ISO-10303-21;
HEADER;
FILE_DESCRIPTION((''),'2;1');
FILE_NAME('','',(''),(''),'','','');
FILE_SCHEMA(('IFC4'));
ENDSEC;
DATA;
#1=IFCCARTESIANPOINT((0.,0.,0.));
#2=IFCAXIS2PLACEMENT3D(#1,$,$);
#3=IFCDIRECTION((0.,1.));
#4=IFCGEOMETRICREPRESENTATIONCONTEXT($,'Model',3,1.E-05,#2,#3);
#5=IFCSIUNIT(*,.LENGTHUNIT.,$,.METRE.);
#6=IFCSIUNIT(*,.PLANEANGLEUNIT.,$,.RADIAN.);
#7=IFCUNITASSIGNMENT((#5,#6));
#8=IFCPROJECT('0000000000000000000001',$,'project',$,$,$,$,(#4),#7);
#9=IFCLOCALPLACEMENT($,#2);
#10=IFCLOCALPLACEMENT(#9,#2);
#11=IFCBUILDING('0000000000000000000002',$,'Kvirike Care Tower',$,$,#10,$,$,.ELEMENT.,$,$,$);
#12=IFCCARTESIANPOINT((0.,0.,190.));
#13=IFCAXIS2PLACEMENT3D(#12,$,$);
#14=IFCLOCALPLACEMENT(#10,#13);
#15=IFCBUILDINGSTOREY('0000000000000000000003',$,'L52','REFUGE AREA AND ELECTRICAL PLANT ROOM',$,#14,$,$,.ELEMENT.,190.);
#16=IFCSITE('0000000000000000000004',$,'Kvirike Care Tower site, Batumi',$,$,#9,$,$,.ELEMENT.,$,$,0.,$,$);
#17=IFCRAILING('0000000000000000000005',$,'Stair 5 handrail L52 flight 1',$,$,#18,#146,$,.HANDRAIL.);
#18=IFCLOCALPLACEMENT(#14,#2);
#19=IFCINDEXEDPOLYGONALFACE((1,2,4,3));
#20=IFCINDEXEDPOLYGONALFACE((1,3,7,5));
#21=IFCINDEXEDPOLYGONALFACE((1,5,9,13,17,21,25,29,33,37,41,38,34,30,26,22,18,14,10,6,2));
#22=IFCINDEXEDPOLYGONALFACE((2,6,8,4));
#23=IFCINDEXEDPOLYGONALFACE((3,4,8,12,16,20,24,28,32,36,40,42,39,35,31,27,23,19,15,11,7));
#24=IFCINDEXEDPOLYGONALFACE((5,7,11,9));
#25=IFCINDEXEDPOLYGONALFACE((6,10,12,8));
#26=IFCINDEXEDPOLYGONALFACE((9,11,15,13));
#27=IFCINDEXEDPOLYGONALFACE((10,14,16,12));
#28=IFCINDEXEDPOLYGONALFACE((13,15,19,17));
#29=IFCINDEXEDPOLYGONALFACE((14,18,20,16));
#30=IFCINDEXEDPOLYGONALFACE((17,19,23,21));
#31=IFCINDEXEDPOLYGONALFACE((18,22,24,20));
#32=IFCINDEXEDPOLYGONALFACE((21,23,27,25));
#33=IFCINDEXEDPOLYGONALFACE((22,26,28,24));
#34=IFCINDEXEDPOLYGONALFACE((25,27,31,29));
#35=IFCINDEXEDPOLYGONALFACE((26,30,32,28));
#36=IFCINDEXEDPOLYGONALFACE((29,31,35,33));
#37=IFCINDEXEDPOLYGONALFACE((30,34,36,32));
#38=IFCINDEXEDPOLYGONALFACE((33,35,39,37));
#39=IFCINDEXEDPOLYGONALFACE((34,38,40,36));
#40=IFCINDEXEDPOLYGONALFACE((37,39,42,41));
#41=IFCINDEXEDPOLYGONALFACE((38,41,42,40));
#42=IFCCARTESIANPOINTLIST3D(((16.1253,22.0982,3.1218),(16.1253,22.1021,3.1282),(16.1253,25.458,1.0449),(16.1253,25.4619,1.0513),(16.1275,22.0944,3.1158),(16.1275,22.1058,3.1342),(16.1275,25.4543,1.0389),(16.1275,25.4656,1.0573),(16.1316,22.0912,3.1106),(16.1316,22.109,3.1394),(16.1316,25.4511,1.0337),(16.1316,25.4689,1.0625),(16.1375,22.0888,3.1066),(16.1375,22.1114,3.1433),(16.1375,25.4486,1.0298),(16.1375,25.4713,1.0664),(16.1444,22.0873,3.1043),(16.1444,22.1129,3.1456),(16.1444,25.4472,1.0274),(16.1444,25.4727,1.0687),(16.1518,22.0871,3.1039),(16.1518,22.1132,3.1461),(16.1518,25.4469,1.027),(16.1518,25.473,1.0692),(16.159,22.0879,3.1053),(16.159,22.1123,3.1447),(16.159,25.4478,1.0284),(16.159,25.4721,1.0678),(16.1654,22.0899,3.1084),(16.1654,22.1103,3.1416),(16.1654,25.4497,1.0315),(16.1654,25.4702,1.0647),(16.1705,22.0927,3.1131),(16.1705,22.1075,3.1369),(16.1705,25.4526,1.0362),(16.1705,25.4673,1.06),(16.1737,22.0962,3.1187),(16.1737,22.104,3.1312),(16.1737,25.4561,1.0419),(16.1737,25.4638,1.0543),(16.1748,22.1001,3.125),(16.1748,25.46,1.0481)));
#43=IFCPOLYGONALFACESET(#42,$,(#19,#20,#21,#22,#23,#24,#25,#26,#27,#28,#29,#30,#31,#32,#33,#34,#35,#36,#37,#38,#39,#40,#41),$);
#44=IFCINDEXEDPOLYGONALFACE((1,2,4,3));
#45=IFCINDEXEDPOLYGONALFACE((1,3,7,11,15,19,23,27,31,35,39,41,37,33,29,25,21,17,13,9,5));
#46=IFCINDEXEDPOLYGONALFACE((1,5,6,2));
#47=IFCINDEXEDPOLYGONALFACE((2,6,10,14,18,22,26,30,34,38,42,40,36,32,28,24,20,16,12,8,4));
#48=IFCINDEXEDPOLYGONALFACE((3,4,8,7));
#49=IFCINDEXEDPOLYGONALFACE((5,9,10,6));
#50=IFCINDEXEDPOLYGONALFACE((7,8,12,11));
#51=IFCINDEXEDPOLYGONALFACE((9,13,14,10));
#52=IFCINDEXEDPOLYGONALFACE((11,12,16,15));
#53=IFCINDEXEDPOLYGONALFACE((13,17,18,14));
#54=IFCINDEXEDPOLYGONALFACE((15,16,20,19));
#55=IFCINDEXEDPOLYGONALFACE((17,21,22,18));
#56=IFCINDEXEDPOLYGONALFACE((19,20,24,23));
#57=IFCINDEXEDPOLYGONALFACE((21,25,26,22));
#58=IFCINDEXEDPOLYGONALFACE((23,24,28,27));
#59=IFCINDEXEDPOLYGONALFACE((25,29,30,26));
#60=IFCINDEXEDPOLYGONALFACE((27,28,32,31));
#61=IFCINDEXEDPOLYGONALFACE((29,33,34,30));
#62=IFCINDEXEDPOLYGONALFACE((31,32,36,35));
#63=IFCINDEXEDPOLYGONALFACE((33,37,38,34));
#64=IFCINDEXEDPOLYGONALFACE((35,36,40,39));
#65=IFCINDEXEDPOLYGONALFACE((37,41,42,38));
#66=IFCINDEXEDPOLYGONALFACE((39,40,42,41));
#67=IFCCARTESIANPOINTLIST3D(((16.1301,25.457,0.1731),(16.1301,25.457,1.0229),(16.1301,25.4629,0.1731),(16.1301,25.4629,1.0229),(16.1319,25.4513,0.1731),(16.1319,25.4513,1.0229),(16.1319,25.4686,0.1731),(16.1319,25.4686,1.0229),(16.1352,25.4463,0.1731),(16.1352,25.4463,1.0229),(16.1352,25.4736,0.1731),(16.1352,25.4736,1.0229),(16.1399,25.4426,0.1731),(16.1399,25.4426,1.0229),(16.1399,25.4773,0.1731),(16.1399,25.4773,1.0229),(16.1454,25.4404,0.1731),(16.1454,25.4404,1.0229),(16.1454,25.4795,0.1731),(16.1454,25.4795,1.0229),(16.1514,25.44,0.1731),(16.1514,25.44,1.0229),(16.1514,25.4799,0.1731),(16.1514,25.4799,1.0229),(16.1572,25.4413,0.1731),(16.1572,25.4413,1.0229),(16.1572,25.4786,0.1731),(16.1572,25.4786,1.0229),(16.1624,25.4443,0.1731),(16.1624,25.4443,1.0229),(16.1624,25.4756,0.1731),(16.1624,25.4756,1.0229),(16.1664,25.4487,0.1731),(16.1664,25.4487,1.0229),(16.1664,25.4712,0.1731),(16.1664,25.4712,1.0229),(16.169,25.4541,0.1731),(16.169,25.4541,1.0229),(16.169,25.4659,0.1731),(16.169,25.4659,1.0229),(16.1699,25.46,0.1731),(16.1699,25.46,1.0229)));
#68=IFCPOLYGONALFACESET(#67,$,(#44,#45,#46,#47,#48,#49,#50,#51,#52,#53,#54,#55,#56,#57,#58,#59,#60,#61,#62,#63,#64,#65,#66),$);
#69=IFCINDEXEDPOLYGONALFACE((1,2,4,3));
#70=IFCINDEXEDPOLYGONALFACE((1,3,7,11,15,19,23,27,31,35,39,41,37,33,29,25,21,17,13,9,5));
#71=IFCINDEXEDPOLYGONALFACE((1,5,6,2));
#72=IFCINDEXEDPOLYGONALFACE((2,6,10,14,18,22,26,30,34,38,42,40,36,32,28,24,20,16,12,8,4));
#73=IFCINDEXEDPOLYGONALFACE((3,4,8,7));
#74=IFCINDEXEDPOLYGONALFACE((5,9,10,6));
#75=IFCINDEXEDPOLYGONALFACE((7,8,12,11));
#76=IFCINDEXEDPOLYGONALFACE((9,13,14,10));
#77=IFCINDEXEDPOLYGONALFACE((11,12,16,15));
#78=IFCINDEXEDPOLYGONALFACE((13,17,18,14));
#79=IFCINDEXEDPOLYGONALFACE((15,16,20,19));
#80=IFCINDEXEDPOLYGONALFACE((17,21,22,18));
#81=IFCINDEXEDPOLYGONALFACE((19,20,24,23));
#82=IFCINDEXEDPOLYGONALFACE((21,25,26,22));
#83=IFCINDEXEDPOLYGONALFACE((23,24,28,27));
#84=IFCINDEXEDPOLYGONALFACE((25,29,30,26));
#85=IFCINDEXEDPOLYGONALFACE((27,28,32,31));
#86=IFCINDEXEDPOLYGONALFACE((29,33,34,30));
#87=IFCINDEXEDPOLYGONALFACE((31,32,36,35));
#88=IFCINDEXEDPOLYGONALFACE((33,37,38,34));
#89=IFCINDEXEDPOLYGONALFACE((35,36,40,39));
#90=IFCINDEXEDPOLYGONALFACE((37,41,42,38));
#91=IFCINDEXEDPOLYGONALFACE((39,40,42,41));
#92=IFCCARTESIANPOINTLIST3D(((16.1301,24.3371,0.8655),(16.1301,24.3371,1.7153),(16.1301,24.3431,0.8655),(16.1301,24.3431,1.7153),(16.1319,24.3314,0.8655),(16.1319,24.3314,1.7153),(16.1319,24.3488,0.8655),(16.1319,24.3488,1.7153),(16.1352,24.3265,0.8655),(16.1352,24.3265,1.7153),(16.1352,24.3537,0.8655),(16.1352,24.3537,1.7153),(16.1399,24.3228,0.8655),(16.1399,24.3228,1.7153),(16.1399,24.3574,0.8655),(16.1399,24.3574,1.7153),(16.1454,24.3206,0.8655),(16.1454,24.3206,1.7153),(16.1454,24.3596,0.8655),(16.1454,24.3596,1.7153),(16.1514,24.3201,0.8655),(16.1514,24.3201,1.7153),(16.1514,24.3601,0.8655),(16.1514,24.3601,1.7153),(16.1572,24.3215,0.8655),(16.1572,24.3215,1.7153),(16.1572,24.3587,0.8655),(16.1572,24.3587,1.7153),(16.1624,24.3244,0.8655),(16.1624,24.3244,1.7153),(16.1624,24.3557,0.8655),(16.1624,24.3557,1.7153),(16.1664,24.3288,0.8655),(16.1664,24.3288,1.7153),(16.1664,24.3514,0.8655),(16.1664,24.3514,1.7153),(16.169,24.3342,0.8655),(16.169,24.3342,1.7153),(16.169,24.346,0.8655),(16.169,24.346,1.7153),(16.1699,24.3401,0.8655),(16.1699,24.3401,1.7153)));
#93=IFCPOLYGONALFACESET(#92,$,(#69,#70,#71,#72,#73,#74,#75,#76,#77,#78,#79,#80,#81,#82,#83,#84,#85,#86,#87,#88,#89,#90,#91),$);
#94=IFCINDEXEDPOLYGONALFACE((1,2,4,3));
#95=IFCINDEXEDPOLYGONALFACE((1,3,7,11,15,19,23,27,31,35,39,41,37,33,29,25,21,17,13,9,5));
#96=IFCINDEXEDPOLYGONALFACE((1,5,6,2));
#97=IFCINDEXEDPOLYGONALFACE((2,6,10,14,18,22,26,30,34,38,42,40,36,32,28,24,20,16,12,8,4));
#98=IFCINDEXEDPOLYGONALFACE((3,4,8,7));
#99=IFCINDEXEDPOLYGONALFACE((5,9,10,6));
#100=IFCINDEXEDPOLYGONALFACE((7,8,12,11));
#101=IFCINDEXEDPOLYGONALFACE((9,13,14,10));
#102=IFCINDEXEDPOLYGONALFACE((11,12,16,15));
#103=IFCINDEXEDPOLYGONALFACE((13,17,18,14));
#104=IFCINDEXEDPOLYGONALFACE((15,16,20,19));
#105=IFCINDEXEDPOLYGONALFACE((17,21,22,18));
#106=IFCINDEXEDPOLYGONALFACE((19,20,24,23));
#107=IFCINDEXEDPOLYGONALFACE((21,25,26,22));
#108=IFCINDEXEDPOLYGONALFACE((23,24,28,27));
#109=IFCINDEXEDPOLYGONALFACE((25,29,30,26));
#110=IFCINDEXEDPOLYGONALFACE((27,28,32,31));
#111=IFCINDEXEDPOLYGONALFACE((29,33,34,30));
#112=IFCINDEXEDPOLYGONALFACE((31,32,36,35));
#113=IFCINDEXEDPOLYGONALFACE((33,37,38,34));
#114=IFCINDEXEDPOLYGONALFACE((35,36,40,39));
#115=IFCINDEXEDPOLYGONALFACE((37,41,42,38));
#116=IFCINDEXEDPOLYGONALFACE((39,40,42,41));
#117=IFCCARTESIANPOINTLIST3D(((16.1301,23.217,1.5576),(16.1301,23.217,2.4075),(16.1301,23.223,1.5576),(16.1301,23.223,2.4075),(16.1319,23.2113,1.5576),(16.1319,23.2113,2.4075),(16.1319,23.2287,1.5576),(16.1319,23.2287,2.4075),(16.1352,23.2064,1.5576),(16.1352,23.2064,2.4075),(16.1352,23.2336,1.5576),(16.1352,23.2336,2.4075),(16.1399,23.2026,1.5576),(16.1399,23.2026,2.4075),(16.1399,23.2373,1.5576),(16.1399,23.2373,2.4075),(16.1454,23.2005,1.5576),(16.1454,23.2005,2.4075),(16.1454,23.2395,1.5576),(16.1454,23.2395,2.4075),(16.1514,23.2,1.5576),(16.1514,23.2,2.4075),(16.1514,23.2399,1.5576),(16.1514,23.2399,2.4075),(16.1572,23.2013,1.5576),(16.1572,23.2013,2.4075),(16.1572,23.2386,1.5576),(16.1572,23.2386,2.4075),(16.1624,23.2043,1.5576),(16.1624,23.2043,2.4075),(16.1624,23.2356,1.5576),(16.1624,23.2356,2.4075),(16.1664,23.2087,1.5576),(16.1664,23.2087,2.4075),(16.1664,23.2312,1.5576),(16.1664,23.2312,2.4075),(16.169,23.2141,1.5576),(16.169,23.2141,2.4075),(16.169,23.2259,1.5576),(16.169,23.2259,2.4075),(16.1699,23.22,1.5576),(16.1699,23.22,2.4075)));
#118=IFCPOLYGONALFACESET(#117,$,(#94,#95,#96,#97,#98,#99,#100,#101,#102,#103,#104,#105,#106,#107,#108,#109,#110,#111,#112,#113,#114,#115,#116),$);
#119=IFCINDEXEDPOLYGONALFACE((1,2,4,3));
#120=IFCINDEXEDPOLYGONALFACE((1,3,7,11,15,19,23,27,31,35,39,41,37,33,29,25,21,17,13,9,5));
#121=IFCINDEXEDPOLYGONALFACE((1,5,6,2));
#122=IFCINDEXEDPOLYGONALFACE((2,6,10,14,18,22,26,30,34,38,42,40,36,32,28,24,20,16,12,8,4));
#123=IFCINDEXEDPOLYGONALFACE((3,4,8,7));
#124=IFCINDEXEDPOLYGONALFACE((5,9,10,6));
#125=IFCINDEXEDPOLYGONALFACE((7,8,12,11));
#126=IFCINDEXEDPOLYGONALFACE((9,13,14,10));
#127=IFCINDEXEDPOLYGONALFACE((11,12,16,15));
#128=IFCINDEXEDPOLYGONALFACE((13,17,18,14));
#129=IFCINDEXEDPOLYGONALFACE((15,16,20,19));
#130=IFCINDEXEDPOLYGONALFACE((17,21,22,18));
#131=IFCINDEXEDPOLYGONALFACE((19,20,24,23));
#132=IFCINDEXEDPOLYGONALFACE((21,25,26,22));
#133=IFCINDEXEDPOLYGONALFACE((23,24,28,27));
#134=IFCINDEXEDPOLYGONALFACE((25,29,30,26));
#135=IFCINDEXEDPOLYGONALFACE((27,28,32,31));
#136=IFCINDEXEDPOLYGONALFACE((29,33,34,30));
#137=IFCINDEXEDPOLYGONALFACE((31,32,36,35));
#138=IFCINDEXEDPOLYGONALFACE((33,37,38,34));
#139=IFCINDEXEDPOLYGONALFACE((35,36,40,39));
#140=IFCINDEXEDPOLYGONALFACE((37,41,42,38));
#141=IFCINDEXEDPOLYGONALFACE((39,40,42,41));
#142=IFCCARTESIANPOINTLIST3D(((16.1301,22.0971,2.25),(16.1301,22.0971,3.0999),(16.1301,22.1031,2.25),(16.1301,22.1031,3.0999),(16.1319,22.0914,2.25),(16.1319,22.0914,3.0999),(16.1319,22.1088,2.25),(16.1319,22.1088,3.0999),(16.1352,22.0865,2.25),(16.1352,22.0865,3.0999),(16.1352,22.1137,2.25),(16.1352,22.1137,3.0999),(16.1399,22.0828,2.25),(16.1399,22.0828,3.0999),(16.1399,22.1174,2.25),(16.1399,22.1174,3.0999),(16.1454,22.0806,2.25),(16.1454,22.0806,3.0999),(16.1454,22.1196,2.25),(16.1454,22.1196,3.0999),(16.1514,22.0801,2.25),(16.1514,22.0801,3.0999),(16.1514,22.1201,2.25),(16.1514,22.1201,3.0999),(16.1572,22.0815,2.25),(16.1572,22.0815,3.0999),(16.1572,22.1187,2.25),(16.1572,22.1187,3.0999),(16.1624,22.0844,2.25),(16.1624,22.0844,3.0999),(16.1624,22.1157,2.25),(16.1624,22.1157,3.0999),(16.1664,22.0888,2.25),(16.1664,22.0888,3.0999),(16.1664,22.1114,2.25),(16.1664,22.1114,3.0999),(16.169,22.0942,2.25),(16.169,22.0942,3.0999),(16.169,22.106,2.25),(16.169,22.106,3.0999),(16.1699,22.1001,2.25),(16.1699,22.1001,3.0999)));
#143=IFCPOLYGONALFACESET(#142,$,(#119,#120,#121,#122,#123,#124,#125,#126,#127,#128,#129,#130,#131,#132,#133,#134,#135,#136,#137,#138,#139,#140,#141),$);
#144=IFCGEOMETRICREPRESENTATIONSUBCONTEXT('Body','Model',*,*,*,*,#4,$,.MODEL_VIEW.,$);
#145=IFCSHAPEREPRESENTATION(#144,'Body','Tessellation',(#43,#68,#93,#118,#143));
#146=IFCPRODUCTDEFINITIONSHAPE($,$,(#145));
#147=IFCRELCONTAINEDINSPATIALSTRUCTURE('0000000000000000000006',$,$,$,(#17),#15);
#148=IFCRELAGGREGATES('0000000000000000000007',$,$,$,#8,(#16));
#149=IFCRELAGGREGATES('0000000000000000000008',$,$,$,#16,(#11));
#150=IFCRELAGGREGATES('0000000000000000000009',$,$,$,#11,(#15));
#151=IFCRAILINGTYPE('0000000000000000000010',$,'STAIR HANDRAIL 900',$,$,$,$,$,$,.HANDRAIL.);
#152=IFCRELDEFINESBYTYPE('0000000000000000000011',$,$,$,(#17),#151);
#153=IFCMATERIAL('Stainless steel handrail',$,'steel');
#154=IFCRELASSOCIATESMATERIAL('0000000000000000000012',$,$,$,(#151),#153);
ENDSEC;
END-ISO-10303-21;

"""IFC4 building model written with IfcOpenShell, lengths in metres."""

from ifc_helpers import new_model, si_unit, direction, frame, origin, origin_2d, place, context, subcontext, project, spatial, circle, extrude, material, type_object, element, save


model = new_model("IFC4")

# Units and contexts
model_context = context("Model", 3, precision=1e-05, world=origin(), true_north=direction((0.0, 1.0)))
body_context = subcontext(model_context, "Body", "Model", "MODEL_VIEW")
ifc_project = project(units=[si_unit("LENGTHUNIT", "METRE"), si_unit("PLANEANGLEUNIT", "RADIAN")], contexts=[model_context])

# Site, building, storey
site_placement = place(None, origin())
site = spatial("IfcSite", under=ifc_project, at=site_placement, Name="Kvirike Care Tower site, Batumi", CompositionType="ELEMENT", RefElevation=0.0)
building_placement = place(site_placement, origin())
building = spatial("IfcBuilding", under=site, at=building_placement, Name="Kvirike Care Tower", CompositionType="ELEMENT")
storey_placement = place(building_placement, frame((0.0, 0.0, 190.0)))
storey = spatial("IfcBuildingStorey", under=building, at=storey_placement, Name="L52", Description="REFUGE AREA AND ELECTRICAL PLANT ROOM", CompositionType="ELEMENT", Elevation=190.0)

# Railing
ifc_material_1 = material(Name="Stainless steel handrail", Category="steel")
railing_type = type_object("IfcRailingType", Name="STAIR HANDRAIL 900", PredefinedType="HANDRAIL", material=ifc_material_1)
railing_1_placement = place(storey_placement, frame((16.1499, 25.46, 0.1731)))
element("IfcRailing", 1, at=railing_1_placement, inside=storey, type_object=railing_type, Name="Stair 5 handrail L52 flight 1", PredefinedType="HANDRAIL", context=body_context, shape_type="SweptSolid", body=[
    extrude(circle(Radius=0.0249, at=origin_2d()), frame((0.0, 0.0, 0.875), z_axis=(0.0, -0.850606, 0.525803), x_axis=(1.0, 0.0, 0.0)), (0.0, 0.0, 1.0), 3.95),
    extrude(circle(Radius=0.02, at=origin_2d()), origin(), (0.0, 0.0, 1.0), 0.8499),
    extrude(circle(Radius=0.02, at=origin_2d()), frame((0.0, -1.1199, 0.6924)), (0.0, 0.0, 1.0), 0.8499),
    extrude(circle(Radius=0.02, at=origin_2d()), frame((0.0, -2.24, 1.3845)), (0.0, 0.0, 1.0), 0.8499),
    extrude(circle(Radius=0.02, at=origin_2d()), frame((0.0, -3.3599, 2.0769)), (0.0, 0.0, 1.0), 0.8499),
])

save(model, "model.ifc")
